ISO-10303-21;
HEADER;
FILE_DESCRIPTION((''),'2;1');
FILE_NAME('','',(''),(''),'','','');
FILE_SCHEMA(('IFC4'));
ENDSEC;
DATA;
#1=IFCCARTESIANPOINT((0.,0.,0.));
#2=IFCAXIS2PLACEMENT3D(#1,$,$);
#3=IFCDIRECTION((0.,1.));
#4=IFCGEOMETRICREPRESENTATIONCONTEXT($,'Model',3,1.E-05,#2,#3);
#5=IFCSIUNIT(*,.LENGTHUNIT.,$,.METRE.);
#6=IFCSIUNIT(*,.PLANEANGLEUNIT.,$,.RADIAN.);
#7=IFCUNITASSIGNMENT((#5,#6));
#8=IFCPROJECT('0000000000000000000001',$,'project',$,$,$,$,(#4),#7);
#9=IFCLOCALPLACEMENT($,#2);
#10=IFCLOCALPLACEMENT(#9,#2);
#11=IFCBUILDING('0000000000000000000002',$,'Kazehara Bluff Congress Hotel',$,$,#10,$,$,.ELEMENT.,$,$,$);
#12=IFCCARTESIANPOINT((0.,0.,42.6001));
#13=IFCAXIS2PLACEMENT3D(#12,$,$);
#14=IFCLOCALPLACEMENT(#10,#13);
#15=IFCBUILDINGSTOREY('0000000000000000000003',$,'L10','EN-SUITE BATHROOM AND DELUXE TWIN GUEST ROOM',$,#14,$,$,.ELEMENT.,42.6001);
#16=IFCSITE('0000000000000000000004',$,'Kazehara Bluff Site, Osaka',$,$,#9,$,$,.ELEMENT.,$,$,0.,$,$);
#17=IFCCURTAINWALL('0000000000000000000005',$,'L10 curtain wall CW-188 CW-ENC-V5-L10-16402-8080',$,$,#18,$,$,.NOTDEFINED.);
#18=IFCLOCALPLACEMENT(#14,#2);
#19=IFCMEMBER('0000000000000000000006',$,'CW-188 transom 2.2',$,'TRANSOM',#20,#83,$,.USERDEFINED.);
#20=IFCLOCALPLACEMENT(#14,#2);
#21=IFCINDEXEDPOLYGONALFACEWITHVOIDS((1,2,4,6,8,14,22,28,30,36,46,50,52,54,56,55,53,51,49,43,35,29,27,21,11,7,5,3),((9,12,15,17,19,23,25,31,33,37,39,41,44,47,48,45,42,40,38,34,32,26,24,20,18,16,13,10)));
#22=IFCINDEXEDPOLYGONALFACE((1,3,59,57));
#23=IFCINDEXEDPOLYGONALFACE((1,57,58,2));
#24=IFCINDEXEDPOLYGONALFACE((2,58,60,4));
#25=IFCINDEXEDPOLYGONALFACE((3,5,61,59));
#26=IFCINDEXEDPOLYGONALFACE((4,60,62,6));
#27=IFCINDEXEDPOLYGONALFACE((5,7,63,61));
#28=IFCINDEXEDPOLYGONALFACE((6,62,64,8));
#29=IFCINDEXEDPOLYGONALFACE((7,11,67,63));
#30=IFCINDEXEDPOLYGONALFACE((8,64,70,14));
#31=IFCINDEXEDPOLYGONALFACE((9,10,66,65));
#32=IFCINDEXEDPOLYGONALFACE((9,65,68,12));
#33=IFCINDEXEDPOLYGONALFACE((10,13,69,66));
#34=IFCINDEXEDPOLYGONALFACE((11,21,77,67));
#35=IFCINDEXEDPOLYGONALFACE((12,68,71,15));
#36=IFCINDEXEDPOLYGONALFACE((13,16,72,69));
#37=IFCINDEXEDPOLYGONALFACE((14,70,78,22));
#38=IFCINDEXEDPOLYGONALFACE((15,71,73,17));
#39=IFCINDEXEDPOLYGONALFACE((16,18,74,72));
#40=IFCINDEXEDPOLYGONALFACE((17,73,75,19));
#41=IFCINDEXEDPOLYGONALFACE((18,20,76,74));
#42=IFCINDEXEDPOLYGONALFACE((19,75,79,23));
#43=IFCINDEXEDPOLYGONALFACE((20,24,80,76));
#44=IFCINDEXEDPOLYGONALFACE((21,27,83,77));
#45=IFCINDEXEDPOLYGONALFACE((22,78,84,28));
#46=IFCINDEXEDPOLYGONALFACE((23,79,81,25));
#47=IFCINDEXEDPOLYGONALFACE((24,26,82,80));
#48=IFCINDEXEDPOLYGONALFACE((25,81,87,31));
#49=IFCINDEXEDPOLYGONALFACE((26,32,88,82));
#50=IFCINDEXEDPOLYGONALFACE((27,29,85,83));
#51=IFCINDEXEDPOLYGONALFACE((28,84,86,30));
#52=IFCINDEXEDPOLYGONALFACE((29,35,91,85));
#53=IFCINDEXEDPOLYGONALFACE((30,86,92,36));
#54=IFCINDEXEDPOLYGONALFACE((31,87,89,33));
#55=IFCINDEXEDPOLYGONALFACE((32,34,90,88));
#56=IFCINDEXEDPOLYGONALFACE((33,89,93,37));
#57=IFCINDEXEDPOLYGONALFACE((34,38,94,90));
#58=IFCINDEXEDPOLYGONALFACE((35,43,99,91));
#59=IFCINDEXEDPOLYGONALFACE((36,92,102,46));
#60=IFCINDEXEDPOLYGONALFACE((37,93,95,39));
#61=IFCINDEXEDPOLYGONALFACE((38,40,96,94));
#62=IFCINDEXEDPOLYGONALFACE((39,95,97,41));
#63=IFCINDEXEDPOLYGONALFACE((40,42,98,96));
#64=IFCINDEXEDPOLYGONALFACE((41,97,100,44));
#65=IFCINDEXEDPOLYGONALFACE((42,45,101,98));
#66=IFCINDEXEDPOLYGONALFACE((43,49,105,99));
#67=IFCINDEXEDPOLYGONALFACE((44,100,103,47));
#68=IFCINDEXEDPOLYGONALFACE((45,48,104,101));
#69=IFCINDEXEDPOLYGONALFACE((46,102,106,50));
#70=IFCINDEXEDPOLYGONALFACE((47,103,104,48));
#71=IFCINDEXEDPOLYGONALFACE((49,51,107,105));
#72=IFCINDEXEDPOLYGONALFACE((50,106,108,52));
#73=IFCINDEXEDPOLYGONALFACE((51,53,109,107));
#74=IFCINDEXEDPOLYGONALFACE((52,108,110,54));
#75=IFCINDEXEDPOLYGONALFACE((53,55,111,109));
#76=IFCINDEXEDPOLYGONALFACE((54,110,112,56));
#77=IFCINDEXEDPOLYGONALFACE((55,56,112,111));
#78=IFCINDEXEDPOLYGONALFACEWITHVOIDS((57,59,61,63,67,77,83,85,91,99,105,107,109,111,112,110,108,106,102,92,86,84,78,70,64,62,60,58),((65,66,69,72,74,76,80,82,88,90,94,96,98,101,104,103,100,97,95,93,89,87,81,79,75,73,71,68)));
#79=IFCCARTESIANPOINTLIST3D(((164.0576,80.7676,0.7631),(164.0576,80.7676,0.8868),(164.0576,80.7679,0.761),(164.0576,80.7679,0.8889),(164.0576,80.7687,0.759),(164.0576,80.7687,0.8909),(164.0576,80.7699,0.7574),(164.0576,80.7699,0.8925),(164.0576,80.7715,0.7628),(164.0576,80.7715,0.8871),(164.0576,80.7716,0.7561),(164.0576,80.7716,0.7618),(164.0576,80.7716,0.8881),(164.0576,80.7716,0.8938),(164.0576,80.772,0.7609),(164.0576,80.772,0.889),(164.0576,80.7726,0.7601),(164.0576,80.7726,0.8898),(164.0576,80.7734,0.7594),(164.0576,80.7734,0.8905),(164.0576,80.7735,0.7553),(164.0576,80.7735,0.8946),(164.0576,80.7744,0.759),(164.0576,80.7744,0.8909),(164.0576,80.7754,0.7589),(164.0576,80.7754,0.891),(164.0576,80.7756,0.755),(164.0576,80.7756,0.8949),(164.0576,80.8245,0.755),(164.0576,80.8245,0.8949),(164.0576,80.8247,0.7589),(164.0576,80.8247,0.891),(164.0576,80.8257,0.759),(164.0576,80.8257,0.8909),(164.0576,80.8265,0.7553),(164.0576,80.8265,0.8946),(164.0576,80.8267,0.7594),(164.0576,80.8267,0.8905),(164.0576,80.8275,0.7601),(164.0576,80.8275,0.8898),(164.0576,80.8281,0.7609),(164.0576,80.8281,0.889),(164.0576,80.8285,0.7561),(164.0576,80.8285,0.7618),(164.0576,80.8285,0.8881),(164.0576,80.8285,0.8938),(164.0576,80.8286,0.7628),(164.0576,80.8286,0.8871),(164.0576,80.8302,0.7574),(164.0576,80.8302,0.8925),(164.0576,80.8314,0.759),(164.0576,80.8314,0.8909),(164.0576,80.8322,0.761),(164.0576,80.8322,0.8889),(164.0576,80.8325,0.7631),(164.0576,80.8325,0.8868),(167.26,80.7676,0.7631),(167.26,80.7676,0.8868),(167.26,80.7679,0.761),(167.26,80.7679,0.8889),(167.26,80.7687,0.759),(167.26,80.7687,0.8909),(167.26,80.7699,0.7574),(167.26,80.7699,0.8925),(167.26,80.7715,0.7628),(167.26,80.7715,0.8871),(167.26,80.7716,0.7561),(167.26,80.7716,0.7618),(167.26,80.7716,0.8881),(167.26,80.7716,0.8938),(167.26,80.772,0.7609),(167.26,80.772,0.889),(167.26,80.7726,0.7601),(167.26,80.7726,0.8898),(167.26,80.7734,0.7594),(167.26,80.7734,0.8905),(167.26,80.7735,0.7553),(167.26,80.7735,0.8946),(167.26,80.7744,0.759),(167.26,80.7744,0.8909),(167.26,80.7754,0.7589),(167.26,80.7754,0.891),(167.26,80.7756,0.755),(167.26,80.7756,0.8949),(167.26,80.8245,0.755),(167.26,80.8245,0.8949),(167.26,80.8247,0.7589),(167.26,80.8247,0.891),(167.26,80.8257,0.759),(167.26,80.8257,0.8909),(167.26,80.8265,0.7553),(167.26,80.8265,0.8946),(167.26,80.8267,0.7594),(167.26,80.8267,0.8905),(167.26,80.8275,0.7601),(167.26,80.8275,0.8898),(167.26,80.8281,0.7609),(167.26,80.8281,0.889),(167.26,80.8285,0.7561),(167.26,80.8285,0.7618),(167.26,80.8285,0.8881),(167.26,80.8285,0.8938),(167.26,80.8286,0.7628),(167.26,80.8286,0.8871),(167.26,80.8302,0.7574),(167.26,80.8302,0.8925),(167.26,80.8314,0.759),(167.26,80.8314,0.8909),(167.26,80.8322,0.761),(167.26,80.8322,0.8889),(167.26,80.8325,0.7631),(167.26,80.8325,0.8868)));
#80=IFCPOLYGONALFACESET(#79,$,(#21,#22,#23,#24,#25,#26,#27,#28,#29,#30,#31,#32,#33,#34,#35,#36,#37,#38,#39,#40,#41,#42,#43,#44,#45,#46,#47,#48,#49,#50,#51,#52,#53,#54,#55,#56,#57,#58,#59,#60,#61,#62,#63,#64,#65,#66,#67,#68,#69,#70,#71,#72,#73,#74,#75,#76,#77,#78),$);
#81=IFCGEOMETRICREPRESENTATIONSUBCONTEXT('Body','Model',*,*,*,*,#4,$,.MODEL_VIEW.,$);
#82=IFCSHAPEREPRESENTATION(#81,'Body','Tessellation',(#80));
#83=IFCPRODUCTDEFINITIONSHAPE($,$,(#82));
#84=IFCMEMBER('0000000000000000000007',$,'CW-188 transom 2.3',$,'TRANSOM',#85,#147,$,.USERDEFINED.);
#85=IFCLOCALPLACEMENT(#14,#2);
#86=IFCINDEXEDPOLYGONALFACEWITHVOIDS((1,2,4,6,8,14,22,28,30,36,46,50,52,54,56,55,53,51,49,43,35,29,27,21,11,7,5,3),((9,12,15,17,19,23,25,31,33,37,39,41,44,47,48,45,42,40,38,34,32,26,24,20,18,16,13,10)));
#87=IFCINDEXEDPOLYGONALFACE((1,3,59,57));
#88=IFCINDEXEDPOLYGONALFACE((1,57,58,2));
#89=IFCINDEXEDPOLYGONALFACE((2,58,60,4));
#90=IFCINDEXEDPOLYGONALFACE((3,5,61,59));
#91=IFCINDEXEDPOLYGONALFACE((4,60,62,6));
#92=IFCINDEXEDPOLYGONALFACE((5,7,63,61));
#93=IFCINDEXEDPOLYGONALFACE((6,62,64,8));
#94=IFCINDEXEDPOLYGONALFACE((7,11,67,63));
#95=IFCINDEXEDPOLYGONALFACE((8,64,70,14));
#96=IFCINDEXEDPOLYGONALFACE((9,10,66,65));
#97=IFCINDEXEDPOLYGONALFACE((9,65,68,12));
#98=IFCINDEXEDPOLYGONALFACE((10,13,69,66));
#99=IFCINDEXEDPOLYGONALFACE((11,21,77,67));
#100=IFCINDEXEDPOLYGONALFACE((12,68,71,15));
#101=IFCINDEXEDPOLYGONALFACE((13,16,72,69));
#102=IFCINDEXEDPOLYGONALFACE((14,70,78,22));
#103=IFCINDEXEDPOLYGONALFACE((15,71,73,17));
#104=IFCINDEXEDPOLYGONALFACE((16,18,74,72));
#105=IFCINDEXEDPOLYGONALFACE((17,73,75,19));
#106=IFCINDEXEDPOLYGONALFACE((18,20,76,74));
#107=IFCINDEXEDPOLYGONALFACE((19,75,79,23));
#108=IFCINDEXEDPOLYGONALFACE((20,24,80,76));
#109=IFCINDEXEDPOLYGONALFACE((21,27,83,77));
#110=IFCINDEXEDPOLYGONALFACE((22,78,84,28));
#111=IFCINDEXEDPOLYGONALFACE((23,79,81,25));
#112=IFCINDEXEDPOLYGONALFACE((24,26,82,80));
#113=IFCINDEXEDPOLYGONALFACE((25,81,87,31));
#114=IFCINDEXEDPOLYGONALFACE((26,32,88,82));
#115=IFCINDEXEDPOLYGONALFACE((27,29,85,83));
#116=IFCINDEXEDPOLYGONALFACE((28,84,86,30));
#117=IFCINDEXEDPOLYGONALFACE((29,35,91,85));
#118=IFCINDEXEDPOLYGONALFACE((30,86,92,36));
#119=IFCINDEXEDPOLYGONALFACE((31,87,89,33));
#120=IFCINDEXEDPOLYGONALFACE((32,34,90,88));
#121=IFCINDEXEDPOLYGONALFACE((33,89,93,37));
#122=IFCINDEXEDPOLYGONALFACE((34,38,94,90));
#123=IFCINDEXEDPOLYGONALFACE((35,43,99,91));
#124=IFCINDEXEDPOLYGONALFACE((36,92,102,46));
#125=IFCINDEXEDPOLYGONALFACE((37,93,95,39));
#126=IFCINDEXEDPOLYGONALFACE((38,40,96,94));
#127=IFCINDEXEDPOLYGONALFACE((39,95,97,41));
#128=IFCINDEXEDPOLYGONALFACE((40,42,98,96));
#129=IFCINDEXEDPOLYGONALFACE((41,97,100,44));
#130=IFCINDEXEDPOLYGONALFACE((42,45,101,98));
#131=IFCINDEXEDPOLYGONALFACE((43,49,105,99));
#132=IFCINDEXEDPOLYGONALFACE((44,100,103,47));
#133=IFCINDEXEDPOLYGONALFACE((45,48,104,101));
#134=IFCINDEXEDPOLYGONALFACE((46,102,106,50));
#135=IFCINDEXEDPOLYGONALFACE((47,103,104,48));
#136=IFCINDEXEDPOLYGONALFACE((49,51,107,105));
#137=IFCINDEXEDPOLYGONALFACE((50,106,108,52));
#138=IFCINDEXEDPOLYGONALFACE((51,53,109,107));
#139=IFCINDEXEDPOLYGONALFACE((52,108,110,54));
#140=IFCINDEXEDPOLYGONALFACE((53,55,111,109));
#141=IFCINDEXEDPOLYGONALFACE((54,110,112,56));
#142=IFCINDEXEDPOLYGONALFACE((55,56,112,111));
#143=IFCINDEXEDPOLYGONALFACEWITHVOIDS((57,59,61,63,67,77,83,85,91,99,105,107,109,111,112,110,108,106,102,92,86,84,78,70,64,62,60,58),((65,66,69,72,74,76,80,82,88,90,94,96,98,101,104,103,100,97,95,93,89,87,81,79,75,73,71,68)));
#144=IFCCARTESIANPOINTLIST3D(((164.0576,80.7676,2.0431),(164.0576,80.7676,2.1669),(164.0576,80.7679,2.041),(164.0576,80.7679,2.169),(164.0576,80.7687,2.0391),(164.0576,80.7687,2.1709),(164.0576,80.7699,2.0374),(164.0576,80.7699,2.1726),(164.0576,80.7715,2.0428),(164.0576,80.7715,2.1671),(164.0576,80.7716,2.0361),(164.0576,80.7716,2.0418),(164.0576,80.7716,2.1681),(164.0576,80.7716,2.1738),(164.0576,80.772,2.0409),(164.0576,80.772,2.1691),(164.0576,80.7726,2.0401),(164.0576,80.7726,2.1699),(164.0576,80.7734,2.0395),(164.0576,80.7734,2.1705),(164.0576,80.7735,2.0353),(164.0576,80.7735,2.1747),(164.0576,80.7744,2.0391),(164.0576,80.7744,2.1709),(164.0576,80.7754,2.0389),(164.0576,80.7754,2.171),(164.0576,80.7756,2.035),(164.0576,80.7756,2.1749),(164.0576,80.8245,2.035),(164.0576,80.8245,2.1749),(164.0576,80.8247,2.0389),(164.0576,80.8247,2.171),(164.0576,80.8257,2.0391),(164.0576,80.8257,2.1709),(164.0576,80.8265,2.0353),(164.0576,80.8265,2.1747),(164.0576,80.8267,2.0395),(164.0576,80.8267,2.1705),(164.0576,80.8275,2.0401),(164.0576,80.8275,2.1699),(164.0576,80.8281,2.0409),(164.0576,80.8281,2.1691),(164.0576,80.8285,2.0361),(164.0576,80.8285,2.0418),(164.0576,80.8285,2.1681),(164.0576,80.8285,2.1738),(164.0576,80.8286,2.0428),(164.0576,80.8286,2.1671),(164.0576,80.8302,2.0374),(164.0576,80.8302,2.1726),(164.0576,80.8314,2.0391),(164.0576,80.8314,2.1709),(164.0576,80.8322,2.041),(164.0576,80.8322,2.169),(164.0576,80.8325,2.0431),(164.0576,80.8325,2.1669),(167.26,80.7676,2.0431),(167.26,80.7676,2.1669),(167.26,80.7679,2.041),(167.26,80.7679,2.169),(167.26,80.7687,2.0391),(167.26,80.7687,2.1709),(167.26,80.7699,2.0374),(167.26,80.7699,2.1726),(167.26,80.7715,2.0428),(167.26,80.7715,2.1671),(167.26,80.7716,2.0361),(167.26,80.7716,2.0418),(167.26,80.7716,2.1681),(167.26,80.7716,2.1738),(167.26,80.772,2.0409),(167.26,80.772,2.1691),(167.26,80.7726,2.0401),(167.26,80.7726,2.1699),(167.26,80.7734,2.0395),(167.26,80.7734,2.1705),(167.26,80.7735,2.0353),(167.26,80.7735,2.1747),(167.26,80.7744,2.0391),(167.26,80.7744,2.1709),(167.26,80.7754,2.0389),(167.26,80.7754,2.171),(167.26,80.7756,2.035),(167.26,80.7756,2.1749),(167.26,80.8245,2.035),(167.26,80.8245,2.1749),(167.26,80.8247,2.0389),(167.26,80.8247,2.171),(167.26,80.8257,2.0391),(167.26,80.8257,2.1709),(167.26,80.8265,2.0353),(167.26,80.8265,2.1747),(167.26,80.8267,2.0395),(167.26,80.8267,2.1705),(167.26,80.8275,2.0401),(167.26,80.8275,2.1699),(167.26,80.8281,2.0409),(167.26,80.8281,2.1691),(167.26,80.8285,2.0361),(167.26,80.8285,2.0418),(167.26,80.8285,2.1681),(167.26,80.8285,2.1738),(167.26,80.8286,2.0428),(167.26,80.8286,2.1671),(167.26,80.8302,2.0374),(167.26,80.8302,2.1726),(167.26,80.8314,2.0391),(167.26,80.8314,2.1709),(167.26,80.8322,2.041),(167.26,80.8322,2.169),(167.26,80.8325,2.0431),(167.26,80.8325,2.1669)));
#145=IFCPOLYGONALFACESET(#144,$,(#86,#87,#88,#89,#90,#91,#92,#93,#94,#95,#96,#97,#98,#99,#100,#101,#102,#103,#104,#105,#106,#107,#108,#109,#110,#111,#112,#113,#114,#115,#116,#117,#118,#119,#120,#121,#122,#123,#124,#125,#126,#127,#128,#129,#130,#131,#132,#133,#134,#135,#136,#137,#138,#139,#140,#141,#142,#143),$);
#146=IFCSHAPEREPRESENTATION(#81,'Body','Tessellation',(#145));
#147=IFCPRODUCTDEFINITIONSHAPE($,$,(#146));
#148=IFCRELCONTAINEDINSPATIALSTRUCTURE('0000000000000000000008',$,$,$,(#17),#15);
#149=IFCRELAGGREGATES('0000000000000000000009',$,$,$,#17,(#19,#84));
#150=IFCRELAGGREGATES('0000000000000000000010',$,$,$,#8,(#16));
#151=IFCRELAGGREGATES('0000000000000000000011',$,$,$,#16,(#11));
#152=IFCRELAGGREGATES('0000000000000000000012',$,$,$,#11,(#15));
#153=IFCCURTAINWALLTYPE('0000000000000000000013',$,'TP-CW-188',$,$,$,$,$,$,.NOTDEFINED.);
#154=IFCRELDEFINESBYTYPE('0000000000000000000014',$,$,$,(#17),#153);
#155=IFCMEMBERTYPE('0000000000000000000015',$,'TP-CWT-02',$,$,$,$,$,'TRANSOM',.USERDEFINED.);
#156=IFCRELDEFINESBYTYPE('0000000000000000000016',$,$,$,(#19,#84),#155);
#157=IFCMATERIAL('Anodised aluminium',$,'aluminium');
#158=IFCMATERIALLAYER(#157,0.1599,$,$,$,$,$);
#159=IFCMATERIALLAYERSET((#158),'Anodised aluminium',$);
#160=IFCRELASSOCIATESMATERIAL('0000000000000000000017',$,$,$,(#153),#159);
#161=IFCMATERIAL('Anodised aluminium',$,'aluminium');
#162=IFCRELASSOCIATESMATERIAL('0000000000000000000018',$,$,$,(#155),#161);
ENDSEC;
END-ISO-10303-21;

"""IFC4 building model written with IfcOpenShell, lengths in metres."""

from ifc_helpers import new_model, si_unit, direction, frame, origin, origin_2d, place, context, subcontext, project, spatial, hollow_rectangle, extrude, material, layer, layer_set, material_profile, profile_set, type_object, element, aggregate, save


model = new_model("IFC4")

# Units and contexts
model_context = context("Model", 3, precision=1e-05, world=origin(), true_north=direction((0.0, 1.0)))
body_context = subcontext(model_context, "Body", "Model", "MODEL_VIEW")
ifc_project = project(units=[si_unit("LENGTHUNIT", "METRE"), si_unit("PLANEANGLEUNIT", "RADIAN")], contexts=[model_context])

# Site, building, storey
site_placement = place(None, origin())
site = spatial("IfcSite", under=ifc_project, at=site_placement, Name="Kazehara Bluff Site, Osaka", CompositionType="ELEMENT", RefElevation=0.0)
building_placement = place(site_placement, origin())
building = spatial("IfcBuilding", under=site, at=building_placement, Name="Kazehara Bluff Congress Hotel", CompositionType="ELEMENT")
storey_placement = place(building_placement, frame((0.0, 0.0, 42.6001)))
storey = spatial("IfcBuildingStorey", under=building, at=storey_placement, Name="L10", Description="EN-SUITE BATHROOM AND DELUXE TWIN GUEST ROOM", CompositionType="ELEMENT", Elevation=42.6001)

# Curtain wall
ifc_material_1 = material(Name="Anodised aluminium", Category="aluminium")
ifc_layer_1 = layer(ifc_material_1, 0.1599)
ifc_layer_set_1 = layer_set([ifc_layer_1], Name="Anodised aluminium")
curtain_wall_type_1 = type_object("IfcCurtainWallType", Name="TP-CW-188", PredefinedType="NOTDEFINED", material=ifc_layer_set_1)
curtain_wall_1_placement = place(storey_placement, origin())
curtain_wall_1 = element("IfcCurtainWall", 1, at=curtain_wall_1_placement, inside=storey, type_object=curtain_wall_type_1, Name="L10 curtain wall CW-188 CW-ENC-V5-L10-16402-8080", PredefinedType="NOTDEFINED")

# Members
ifc_material_2 = material(Name="Anodised aluminium", Category="aluminium")
ifc_material_profile_1 = material_profile(ifc_material_2, hollow_rectangle(XDim=0.0649, YDim=0.1399, WallThickness=0.0039, InnerFilletRadius=0.0039, OuterFilletRadius=0.0081, at=origin_2d()))
ifc_profile_set_1 = profile_set([ifc_material_profile_1], Name="Anodised aluminium")
member_type_1 = type_object("IfcMemberType", Name="TP-CWT-02", ElementType="TRANSOM", PredefinedType="USERDEFINED", material=ifc_profile_set_1)
member_1_placement = place(storey_placement, frame((164.0576, 80.8, 0.825), z_axis=(1.0, 0.0, 0.0), x_axis=(0.0, 1.0, 0.0)))
member_1 = element("IfcMember", 2, at=member_1_placement, type_object=member_type_1, Name="CW-188 transom 2.2", ObjectType="TRANSOM", PredefinedType="USERDEFINED", context=body_context, shape_type="SweptSolid", body=[
    extrude(hollow_rectangle(XDim=0.0649, YDim=0.1399, WallThickness=0.0039, InnerFilletRadius=0.0039, OuterFilletRadius=0.0081, at=origin_2d()), origin(), (0.0, 0.0, 1.0), 3.2024),
])
member_2_placement = place(storey_placement, frame((164.0576, 80.8, 2.105), z_axis=(1.0, 0.0, 0.0), x_axis=(0.0, 1.0, 0.0)))
member_2 = element("IfcMember", 3, at=member_2_placement, type_object=member_type_1, Name="CW-188 transom 2.3", ObjectType="TRANSOM", PredefinedType="USERDEFINED", context=body_context, shape_type="SweptSolid", body=[
    extrude(hollow_rectangle(XDim=0.0649, YDim=0.1399, WallThickness=0.0039, InnerFilletRadius=0.0039, OuterFilletRadius=0.0081, at=origin_2d()), origin(), (0.0, 0.0, 1.0), 3.2024),
])

aggregate(curtain_wall_1, [member_1, member_2])

save(model, "model.ifc")
